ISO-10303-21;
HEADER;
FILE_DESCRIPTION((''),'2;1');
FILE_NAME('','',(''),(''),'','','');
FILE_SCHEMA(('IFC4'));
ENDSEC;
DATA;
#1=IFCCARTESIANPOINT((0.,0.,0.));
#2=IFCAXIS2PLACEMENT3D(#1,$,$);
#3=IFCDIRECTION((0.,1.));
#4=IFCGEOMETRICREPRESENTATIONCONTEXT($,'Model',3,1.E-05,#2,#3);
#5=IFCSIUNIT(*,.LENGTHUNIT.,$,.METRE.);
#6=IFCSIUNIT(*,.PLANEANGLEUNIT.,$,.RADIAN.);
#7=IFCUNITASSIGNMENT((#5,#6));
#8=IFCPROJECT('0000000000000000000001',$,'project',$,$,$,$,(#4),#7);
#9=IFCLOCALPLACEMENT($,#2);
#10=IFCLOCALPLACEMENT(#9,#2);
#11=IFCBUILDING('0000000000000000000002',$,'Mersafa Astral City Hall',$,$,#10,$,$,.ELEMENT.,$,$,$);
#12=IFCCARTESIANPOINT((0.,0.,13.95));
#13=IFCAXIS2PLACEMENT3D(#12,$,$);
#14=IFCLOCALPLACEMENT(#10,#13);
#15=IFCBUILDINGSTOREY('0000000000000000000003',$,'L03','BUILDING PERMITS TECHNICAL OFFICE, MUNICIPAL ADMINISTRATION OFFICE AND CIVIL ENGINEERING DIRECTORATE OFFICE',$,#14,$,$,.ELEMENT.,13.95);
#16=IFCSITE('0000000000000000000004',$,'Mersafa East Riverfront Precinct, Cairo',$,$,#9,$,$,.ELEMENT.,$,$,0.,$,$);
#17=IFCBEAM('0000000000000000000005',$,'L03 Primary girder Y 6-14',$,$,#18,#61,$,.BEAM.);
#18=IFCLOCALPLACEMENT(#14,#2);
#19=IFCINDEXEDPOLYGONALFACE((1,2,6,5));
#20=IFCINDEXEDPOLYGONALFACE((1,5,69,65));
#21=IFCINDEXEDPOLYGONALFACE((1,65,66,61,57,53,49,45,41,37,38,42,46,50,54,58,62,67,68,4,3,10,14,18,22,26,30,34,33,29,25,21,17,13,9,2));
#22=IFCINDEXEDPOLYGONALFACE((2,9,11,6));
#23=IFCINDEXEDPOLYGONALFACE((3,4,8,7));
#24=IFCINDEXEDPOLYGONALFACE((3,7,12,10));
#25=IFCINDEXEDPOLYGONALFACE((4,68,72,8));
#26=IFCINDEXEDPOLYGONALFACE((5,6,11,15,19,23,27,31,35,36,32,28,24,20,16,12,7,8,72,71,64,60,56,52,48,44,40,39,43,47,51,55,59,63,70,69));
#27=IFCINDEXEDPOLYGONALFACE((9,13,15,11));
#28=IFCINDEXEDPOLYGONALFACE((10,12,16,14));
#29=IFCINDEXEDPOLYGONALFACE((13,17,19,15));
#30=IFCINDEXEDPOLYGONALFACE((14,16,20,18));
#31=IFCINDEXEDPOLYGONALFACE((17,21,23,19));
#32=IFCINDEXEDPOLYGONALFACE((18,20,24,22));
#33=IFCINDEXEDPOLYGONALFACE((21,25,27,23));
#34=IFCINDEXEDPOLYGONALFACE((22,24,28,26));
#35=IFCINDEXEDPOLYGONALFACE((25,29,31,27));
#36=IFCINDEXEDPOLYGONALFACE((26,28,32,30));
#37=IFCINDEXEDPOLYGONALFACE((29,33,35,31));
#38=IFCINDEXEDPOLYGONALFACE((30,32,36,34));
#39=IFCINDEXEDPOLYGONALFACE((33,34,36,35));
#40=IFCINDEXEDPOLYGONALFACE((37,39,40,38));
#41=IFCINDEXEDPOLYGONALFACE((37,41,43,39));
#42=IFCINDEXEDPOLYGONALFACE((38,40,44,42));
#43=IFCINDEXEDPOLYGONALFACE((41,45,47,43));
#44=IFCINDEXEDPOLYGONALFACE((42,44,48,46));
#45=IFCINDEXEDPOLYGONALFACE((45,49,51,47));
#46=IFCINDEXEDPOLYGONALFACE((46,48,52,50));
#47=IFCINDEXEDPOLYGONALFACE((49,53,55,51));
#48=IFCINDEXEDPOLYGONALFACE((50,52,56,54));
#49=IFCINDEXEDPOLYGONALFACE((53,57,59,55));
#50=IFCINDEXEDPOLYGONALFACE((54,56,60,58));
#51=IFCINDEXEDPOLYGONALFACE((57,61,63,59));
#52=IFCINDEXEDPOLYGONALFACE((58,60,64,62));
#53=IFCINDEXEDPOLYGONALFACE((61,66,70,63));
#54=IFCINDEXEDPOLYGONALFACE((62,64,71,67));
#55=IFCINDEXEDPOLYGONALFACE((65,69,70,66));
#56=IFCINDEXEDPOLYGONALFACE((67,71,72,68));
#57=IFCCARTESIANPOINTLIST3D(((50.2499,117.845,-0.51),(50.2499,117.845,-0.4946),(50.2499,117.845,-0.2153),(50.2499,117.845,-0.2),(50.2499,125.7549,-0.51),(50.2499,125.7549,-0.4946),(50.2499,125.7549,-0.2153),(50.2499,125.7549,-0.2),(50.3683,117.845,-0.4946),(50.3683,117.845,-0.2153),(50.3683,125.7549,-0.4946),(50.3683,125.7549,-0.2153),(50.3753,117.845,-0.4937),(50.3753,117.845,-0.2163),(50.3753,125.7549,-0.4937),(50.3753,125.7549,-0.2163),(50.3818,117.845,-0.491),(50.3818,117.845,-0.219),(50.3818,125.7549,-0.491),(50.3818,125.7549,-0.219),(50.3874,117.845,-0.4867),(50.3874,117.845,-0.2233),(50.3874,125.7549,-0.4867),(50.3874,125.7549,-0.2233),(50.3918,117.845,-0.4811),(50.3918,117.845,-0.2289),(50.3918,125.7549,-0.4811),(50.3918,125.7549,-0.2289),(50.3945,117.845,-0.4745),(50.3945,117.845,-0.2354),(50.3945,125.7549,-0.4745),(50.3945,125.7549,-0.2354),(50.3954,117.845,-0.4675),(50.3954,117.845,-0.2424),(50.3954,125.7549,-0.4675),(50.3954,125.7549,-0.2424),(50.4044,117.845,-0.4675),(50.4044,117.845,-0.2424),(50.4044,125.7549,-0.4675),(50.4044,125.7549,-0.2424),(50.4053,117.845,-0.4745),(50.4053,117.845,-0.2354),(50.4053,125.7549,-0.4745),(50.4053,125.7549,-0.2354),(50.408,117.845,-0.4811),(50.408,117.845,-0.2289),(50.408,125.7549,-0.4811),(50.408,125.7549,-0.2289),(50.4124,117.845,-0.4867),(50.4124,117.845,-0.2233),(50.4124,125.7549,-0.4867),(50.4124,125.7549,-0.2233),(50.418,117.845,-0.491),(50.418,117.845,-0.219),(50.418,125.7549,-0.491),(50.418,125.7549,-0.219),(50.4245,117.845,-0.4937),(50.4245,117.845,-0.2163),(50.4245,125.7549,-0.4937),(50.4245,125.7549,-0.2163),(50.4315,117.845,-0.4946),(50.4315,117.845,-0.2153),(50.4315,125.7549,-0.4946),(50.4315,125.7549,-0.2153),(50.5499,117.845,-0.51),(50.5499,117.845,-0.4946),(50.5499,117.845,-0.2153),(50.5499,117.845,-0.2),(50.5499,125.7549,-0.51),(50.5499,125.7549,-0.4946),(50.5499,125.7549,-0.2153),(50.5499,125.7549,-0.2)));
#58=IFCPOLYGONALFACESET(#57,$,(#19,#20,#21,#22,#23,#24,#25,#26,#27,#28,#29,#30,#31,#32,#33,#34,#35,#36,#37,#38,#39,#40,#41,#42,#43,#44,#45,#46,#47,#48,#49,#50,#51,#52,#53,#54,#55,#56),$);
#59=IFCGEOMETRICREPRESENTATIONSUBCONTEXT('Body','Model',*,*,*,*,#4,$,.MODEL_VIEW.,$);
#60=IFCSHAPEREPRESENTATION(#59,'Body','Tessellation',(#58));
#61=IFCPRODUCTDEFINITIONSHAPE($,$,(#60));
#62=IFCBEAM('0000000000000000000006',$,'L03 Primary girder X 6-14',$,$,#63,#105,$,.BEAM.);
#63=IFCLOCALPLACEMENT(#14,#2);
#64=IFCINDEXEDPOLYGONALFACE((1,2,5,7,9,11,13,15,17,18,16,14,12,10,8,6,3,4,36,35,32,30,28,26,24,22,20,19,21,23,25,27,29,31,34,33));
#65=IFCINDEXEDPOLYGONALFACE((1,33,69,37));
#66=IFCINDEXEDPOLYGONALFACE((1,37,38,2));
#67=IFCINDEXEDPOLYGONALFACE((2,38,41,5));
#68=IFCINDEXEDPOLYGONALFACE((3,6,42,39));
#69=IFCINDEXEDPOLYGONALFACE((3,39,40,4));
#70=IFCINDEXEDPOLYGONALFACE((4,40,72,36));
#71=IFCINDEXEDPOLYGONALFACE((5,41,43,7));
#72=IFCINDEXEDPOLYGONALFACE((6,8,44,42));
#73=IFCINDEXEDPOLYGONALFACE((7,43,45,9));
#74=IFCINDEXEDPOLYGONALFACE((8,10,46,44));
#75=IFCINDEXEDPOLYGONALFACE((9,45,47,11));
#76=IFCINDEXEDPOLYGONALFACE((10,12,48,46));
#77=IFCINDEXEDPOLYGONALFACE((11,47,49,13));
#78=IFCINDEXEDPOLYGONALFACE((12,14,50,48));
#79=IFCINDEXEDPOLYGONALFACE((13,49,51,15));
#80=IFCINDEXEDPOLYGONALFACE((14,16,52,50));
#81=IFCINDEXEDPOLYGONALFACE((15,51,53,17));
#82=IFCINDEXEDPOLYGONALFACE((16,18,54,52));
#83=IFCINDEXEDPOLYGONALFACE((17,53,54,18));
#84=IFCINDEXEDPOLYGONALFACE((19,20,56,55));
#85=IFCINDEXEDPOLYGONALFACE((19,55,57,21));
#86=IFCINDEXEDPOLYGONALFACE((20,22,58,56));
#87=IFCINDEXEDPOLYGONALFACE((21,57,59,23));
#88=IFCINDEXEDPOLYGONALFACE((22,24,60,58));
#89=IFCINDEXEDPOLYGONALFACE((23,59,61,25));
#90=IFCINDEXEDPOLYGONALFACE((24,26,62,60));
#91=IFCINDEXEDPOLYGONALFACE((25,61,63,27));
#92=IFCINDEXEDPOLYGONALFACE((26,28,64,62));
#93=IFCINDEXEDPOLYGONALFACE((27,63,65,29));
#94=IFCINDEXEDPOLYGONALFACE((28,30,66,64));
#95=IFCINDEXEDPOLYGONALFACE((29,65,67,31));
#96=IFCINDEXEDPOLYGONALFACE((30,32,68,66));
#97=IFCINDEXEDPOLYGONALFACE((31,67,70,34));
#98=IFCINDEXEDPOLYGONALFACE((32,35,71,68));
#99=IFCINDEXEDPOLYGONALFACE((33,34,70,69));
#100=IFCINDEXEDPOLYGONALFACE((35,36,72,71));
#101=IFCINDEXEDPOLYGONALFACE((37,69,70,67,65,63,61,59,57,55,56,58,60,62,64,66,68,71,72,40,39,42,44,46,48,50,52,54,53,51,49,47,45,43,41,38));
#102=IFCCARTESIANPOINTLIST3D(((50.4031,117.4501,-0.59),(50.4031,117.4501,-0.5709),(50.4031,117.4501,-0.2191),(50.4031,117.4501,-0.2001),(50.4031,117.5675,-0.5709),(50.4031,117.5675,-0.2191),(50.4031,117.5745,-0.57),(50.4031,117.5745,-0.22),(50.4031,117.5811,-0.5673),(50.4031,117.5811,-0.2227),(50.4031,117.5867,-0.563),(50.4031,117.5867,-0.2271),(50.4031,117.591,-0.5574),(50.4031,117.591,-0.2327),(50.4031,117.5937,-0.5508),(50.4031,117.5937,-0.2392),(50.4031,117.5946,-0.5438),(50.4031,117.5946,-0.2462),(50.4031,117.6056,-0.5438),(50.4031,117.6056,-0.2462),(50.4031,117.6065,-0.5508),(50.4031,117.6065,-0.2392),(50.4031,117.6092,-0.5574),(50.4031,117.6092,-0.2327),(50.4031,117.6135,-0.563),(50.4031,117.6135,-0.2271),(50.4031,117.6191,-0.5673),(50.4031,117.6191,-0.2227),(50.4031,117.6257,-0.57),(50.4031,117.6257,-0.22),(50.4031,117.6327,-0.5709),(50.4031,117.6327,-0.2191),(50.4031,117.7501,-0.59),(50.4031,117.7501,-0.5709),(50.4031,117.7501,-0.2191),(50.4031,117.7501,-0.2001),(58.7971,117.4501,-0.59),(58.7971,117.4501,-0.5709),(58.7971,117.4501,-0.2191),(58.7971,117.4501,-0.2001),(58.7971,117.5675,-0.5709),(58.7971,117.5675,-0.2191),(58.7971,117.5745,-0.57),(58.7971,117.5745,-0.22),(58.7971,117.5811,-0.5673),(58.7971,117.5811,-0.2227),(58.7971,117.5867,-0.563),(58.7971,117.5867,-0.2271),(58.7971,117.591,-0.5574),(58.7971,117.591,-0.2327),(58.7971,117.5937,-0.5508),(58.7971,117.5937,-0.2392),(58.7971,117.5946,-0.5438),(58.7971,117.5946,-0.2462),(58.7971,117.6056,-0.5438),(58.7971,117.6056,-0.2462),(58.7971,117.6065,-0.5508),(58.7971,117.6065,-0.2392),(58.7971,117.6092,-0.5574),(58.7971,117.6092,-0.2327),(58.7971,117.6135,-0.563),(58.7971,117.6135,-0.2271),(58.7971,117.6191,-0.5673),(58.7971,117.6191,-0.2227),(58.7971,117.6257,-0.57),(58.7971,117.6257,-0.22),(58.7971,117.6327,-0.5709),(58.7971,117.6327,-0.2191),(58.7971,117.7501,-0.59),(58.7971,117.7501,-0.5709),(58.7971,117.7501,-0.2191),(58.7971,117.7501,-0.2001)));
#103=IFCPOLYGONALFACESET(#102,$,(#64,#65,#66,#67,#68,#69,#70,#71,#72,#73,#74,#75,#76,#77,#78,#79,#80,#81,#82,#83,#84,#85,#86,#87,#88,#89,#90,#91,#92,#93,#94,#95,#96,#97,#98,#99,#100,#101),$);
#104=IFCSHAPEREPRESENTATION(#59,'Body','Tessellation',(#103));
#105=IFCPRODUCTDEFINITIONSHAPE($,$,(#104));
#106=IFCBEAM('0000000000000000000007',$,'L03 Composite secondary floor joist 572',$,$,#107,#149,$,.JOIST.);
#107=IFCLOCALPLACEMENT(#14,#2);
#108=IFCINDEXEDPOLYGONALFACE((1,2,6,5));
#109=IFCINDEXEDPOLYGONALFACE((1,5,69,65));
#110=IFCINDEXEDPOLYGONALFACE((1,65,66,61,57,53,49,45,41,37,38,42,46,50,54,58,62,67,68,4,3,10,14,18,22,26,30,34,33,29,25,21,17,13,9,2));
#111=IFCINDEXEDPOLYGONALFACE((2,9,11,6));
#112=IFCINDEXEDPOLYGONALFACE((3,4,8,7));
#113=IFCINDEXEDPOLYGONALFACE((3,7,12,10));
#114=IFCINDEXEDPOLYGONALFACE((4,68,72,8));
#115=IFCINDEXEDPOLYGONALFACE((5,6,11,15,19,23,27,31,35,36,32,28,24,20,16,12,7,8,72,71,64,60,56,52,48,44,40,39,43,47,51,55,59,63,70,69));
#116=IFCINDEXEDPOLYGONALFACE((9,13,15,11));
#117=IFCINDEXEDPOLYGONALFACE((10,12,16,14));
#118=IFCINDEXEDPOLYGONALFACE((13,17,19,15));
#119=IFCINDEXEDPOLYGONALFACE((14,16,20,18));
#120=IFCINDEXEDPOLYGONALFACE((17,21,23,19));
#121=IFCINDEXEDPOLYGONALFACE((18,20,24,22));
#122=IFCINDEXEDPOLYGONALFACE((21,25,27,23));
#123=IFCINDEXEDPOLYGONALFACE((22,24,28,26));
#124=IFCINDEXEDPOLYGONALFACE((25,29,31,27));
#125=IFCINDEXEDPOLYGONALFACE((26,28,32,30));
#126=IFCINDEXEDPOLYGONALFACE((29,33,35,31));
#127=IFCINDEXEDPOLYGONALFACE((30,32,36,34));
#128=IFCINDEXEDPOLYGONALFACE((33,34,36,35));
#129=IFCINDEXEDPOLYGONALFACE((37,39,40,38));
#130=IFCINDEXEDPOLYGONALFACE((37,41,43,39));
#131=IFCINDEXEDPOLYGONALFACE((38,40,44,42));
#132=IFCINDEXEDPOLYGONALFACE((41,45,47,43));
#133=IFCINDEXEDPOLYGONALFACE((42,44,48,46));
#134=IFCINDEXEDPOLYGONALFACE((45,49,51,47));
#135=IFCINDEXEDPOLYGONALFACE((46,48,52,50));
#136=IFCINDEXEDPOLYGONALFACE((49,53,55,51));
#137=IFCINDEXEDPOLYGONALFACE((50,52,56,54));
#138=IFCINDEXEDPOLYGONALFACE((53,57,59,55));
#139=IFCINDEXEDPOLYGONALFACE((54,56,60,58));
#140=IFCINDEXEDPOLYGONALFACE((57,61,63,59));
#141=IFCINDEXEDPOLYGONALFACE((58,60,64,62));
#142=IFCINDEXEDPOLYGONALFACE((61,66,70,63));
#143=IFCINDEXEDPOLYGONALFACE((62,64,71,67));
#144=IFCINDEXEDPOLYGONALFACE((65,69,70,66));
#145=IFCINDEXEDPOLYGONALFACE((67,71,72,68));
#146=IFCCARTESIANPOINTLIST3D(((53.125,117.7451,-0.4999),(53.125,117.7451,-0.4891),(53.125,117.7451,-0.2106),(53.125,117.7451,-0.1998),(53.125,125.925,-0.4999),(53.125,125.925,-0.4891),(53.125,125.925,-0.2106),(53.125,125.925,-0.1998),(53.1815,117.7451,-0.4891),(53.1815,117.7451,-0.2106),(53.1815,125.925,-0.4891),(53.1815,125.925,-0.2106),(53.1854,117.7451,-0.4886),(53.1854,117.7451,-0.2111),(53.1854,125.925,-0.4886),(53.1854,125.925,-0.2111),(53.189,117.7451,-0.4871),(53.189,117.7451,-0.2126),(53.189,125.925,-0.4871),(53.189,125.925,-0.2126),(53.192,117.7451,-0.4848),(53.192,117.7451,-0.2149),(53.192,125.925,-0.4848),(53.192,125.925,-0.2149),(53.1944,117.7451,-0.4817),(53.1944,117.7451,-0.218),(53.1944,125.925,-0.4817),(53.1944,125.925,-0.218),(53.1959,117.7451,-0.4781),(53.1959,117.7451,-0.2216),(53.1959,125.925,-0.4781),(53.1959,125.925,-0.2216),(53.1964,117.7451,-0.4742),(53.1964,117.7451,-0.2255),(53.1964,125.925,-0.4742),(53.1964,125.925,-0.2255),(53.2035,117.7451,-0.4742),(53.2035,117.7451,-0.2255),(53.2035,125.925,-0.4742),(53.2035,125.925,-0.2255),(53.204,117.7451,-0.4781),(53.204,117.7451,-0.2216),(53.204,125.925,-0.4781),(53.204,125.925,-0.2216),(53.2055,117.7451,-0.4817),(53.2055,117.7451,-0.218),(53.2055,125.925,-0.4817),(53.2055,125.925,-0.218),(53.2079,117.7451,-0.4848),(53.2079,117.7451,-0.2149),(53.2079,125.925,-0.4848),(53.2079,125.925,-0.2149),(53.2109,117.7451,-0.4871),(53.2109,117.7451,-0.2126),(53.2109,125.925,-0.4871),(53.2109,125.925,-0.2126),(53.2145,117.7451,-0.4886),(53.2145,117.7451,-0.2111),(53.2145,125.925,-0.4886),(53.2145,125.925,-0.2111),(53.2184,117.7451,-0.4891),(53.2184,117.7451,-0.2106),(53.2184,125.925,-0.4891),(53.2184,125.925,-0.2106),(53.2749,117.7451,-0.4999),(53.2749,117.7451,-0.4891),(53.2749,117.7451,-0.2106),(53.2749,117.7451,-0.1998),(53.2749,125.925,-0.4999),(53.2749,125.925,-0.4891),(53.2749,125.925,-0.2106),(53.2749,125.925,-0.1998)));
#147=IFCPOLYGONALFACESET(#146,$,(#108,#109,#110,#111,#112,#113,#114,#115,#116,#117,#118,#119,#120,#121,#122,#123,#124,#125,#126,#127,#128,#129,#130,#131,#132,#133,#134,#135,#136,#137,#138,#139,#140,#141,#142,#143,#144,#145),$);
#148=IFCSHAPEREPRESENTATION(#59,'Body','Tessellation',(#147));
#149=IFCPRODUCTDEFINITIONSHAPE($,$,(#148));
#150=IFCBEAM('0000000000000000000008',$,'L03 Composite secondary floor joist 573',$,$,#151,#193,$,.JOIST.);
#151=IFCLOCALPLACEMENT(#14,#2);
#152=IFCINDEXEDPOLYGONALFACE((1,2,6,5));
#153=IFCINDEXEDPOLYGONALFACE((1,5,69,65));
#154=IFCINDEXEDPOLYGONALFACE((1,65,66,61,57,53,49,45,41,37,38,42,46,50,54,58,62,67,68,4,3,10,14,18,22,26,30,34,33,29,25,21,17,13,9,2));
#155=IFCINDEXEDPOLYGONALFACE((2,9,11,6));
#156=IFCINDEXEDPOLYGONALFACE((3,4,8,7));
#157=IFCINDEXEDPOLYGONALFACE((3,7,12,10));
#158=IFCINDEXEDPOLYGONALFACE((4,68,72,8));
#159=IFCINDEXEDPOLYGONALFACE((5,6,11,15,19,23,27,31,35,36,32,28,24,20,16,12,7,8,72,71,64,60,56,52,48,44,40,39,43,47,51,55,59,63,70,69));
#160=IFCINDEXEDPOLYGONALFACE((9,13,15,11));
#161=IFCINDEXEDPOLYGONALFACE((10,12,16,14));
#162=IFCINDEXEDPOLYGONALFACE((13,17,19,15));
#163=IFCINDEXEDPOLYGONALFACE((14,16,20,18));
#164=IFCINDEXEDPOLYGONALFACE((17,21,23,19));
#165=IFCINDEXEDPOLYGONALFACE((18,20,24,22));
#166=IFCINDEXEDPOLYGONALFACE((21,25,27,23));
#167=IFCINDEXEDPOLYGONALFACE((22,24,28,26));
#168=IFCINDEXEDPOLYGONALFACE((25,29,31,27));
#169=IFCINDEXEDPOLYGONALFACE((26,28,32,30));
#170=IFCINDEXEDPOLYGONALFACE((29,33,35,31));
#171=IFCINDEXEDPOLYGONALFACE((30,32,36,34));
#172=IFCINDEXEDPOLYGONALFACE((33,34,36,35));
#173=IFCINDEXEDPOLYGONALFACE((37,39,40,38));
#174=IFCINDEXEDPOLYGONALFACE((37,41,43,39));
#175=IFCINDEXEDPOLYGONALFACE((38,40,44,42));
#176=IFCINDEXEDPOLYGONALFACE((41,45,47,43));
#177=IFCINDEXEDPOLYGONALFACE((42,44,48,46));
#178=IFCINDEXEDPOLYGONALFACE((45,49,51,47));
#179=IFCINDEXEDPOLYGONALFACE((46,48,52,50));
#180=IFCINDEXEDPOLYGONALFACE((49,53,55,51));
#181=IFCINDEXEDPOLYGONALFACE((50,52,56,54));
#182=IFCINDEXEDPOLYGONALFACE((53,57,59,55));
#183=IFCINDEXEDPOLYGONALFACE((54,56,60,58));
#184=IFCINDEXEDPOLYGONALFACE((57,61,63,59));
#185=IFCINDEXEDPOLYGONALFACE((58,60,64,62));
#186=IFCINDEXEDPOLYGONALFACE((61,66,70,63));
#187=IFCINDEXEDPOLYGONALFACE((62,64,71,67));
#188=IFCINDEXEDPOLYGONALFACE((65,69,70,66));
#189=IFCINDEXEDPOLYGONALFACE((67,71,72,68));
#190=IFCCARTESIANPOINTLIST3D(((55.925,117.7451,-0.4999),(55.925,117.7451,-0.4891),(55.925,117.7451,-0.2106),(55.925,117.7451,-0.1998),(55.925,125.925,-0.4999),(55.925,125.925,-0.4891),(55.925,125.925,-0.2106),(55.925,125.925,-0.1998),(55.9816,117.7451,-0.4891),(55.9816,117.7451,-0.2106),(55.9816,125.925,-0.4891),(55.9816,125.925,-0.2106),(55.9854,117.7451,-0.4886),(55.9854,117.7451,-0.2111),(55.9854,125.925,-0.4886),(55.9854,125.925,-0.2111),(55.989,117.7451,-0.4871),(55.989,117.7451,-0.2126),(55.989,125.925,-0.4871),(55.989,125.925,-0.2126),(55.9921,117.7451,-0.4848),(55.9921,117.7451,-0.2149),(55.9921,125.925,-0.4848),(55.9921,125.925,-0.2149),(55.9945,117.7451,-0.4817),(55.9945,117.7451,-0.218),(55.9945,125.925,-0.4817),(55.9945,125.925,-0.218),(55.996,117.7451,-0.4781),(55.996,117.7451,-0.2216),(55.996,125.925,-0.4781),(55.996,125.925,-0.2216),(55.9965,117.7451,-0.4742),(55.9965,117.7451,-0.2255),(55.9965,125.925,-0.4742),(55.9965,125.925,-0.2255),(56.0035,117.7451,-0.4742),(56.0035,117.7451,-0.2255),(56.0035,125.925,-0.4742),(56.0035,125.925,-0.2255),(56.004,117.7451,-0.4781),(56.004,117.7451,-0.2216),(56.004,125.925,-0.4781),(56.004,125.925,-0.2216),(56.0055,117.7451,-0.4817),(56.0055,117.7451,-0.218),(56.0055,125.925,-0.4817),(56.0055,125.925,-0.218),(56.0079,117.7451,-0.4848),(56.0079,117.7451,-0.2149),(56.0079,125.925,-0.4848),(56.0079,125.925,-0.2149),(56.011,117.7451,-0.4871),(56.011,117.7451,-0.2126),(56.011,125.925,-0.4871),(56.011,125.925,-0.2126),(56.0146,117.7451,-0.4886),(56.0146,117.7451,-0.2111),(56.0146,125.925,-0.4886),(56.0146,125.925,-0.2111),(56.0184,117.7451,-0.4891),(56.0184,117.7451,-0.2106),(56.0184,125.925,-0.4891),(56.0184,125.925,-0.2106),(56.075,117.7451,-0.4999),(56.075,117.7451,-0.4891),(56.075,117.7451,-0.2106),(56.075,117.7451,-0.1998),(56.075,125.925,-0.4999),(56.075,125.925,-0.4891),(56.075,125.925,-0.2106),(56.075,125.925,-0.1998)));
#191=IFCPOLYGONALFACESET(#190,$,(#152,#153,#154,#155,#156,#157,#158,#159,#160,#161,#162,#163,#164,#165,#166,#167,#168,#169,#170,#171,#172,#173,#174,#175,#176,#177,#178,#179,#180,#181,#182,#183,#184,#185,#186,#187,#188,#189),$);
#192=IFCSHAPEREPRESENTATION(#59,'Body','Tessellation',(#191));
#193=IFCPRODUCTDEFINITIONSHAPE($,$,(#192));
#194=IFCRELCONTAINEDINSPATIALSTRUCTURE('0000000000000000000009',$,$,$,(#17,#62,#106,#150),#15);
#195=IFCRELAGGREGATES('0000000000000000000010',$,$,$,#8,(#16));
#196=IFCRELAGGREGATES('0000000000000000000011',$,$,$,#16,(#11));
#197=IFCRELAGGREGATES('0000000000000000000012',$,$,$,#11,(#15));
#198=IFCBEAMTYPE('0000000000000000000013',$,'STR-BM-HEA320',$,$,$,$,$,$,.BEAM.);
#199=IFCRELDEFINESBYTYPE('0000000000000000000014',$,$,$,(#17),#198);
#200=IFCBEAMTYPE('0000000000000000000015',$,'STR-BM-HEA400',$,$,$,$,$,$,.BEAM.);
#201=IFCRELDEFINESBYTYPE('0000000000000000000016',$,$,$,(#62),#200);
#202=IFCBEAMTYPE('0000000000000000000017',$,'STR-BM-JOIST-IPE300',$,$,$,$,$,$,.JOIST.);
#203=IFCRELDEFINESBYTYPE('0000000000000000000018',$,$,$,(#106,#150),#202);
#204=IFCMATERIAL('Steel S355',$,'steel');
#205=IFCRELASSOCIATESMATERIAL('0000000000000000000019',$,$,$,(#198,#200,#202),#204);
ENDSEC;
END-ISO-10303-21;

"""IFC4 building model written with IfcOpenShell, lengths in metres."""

from ifc_helpers import new_model, si_unit, direction, frame, origin, origin_2d, place, context, subcontext, project, spatial, i_section, extrude, material, material_profile, profile_set, type_object, element, save


model = new_model("IFC4")

# Units and contexts
model_context = context("Model", 3, precision=1e-05, world=origin(), true_north=direction((0.0, 1.0)))
body_context = subcontext(model_context, "Body", "Model", "MODEL_VIEW")
ifc_project = project(units=[si_unit("LENGTHUNIT", "METRE"), si_unit("PLANEANGLEUNIT", "RADIAN")], contexts=[model_context])

# Site, building, storey
site_placement = place(None, origin())
site = spatial("IfcSite", under=ifc_project, at=site_placement, Name="Mersafa East Riverfront Precinct, Cairo", CompositionType="ELEMENT", RefElevation=0.0)
building_placement = place(site_placement, origin())
building = spatial("IfcBuilding", under=site, at=building_placement, Name="Mersafa Astral City Hall", CompositionType="ELEMENT")
storey_placement = place(building_placement, frame((0.0, 0.0, 13.95)))
storey = spatial("IfcBuildingStorey", under=building, at=storey_placement, Name="L03", Description="BUILDING PERMITS TECHNICAL OFFICE, MUNICIPAL ADMINISTRATION OFFICE AND CIVIL ENGINEERING DIRECTORATE OFFICE", CompositionType="ELEMENT", Elevation=13.95)

# Shared definitions
ifc_material_1 = material(Name="Steel S355", Category="steel")

# Beams
ifc_material_profile_1 = material_profile(ifc_material_1, i_section(OverallWidth=0.3, OverallDepth=0.3101, WebThickness=0.009, FlangeThickness=0.0154, FilletRadius=0.0271, at=origin_2d()), Name="HEA 320")
ifc_profile_set_1 = profile_set([ifc_material_profile_1], Name="Steel S355")
beam_type_1 = type_object("IfcBeamType", Name="STR-BM-HEA320", PredefinedType="BEAM", material=ifc_profile_set_1)
beam_1_placement = place(storey_placement, frame((50.3999, 117.845, -0.355), z_axis=(0.0, 1.0, 0.0), x_axis=(-1.0, 0.0, 0.0)))
element("IfcBeam", 1, at=beam_1_placement, inside=storey, type_object=beam_type_1, Name="L03 Primary girder Y 6-14", PredefinedType="BEAM", context=body_context, shape_type="SweptSolid", body=[
    extrude(i_section(OverallWidth=0.3, OverallDepth=0.3101, WebThickness=0.009, FlangeThickness=0.0154, FilletRadius=0.0271, at=origin_2d()), origin(), (0.0, 0.0, 1.0), 7.9099),
])
ifc_material_profile_2 = material_profile(ifc_material_1, i_section(OverallWidth=0.3, OverallDepth=0.3899, WebThickness=0.011, FlangeThickness=0.019, FilletRadius=0.0271, at=origin_2d()), Name="HEA 400")
ifc_profile_set_2 = profile_set([ifc_material_profile_2], Name="Steel S355")
beam_type_2 = type_object("IfcBeamType", Name="STR-BM-HEA400", PredefinedType="BEAM", material=ifc_profile_set_2)
beam_2_placement = place(storey_placement, frame((50.4031, 117.6001, -0.395), z_axis=(1.0, 0.0, 0.0), x_axis=(0.0, 1.0, 0.0)))
element("IfcBeam", 2, at=beam_2_placement, inside=storey, type_object=beam_type_2, Name="L03 Primary girder X 6-14", PredefinedType="BEAM", context=body_context, shape_type="SweptSolid", body=[
    extrude(i_section(OverallWidth=0.3, OverallDepth=0.3899, WebThickness=0.011, FlangeThickness=0.019, FilletRadius=0.0271, at=origin_2d()), origin(), (0.0, 0.0, 1.0), 8.394),
])
ifc_material_profile_3 = material_profile(ifc_material_1, i_section(OverallWidth=0.1499, OverallDepth=0.3, WebThickness=0.0071, FlangeThickness=0.0107, FilletRadius=0.0149, at=origin_2d()), Name="IPE 300")
ifc_profile_set_3 = profile_set([ifc_material_profile_3], Name="Steel S355")
beam_type_3 = type_object("IfcBeamType", Name="STR-BM-JOIST-IPE300", PredefinedType="JOIST", material=ifc_profile_set_3)
for number, where, z_axis, x_axis, name in (
    (3, (53.2, 117.7451, -0.3499), (0.0, 1.0, 0.0), (-1.0, 0.0, 0.0), "L03 Composite secondary floor joist 572"),
    (4, (56.0, 117.7451, -0.3499), (0.0, 1.0, 0.0), (-1.0, 0.0, 0.0), "L03 Composite secondary floor joist 573"),
):
    element("IfcBeam", number, at=place(storey_placement, frame(where, z_axis=z_axis, x_axis=x_axis)), inside=storey, type_object=beam_type_3, Name=name, PredefinedType="JOIST", context=body_context, shape_type="SweptSolid", body=[
        extrude(i_section(OverallWidth=0.1499, OverallDepth=0.3, WebThickness=0.0071, FlangeThickness=0.0107, FilletRadius=0.0149, at=origin_2d()), origin(), (0.0, 0.0, 1.0), 8.1799),
    ])

save(model, "model.ifc")
